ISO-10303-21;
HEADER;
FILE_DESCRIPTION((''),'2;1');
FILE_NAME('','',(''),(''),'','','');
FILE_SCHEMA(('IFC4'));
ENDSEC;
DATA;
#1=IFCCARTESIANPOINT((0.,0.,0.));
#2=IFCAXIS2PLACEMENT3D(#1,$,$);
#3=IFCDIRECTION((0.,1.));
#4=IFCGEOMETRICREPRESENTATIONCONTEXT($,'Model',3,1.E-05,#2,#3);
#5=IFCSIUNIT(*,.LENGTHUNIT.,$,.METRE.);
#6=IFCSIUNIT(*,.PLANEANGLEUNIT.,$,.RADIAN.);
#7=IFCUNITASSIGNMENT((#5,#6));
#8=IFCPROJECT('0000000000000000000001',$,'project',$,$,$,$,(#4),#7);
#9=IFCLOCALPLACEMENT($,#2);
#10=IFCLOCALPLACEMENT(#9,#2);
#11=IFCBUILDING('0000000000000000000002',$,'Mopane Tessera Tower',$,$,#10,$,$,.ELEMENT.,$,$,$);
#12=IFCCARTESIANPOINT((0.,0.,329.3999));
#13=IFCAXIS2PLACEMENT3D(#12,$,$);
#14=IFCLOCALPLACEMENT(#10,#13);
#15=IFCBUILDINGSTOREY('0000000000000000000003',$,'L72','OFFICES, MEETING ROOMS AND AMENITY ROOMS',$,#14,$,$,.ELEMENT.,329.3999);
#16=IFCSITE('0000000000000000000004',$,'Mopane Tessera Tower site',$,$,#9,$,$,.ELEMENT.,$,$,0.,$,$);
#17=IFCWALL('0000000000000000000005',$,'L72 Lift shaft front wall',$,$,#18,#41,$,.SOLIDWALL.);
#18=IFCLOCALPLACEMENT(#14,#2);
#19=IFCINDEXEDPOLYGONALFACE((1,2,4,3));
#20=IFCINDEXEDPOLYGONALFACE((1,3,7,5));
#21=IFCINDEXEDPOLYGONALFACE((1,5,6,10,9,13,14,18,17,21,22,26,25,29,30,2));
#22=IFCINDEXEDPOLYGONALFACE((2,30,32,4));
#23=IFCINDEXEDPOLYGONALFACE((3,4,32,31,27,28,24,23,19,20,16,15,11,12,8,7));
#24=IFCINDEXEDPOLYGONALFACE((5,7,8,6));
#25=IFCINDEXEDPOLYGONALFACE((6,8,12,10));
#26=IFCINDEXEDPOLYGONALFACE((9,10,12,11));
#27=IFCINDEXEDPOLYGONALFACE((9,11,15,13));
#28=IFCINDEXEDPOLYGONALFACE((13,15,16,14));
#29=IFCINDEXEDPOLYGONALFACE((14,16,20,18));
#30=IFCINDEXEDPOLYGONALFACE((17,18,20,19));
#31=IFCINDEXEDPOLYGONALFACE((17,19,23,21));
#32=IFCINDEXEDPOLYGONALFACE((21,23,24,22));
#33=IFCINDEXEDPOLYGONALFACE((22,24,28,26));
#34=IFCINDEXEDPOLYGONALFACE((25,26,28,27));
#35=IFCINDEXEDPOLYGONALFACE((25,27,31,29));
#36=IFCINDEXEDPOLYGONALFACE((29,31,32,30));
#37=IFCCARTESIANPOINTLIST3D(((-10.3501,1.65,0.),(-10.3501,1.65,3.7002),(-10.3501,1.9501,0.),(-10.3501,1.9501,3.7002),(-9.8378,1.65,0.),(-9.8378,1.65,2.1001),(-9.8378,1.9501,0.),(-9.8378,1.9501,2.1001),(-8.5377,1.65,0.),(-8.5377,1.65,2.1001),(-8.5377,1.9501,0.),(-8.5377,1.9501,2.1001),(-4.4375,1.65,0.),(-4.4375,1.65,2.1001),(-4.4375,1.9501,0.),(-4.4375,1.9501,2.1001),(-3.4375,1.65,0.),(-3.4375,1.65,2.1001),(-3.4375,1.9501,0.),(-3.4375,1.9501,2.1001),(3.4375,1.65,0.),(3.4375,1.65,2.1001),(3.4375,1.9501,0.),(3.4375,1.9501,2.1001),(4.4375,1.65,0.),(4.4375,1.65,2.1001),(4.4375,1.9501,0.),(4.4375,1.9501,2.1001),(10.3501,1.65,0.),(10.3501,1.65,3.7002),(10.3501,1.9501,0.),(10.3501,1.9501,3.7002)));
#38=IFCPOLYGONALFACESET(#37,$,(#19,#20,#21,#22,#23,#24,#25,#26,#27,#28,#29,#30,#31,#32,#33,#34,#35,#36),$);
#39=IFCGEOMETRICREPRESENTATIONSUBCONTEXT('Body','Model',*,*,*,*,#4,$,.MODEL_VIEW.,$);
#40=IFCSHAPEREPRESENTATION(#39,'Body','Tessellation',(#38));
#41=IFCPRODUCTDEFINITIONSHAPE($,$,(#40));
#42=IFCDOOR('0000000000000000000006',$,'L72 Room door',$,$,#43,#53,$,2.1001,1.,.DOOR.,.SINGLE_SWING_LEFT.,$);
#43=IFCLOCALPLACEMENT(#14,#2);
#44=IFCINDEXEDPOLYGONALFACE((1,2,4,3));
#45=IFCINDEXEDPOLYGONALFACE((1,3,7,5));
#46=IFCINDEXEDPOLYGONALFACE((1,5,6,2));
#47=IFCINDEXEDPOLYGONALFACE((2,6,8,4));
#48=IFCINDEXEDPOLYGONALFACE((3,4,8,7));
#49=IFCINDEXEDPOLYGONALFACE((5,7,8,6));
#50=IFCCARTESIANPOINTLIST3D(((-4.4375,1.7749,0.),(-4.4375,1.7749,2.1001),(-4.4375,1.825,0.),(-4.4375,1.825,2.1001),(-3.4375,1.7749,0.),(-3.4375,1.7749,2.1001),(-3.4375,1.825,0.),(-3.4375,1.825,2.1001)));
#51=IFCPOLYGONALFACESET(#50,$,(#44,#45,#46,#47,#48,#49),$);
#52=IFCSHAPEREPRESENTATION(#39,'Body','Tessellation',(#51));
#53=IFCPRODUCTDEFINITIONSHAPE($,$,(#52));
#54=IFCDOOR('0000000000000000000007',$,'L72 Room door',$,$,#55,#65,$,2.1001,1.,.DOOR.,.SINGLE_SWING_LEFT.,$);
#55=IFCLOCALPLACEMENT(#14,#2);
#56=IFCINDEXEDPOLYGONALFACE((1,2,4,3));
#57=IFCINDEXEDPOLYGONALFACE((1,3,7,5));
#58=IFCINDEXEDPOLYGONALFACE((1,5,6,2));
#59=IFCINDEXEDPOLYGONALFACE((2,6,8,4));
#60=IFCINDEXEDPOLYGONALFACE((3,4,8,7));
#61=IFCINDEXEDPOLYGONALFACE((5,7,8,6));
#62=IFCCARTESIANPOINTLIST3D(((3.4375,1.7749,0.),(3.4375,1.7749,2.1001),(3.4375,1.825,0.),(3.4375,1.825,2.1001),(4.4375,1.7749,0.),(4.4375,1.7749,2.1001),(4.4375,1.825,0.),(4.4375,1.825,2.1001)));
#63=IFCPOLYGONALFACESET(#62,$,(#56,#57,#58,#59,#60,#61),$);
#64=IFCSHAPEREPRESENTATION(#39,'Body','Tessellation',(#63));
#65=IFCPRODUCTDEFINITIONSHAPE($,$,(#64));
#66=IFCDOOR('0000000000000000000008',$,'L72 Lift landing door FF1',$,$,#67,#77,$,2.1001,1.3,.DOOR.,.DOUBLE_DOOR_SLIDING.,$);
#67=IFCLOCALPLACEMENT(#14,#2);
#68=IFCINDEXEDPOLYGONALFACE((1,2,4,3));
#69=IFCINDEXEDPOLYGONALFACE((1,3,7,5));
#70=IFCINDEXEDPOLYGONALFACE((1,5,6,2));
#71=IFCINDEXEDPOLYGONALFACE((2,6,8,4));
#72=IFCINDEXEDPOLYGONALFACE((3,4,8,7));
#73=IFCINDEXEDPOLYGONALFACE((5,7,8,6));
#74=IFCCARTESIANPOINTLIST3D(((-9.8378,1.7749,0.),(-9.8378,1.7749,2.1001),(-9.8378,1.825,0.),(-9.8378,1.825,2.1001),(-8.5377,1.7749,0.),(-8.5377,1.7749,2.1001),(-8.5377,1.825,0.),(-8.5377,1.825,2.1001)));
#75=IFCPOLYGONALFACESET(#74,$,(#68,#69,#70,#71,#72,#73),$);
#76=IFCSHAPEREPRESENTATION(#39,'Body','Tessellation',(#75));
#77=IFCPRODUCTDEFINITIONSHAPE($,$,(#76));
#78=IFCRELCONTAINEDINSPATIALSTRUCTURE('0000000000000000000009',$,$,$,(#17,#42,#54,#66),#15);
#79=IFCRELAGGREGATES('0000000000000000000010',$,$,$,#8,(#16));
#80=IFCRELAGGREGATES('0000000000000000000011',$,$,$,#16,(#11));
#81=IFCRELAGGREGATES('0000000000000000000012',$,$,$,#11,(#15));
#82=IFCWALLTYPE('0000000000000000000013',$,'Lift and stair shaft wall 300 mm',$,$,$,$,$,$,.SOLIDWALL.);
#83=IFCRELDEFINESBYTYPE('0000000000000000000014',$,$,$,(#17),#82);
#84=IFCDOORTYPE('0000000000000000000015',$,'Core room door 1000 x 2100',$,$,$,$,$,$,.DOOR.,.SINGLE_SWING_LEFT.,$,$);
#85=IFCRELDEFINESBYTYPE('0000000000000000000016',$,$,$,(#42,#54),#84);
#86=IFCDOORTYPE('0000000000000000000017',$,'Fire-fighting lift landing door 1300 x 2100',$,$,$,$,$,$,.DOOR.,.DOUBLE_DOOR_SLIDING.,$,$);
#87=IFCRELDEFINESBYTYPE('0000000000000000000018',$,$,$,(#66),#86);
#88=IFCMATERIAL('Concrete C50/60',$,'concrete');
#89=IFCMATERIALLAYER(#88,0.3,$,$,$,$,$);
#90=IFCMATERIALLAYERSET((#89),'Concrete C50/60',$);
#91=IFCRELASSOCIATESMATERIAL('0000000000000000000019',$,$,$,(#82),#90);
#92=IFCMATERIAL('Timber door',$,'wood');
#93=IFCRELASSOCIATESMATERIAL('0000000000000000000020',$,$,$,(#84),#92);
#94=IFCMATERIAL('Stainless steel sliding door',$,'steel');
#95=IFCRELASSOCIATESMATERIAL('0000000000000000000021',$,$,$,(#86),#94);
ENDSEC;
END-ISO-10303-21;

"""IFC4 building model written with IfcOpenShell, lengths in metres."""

from ifc_helpers import new_model, si_unit, direction, frame, frame_2d, origin, place, context, subcontext, project, spatial, rectangle, extrude, material, layer, layer_set, type_object, element, fill, save


model = new_model("IFC4")

# Units and contexts
model_context = context("Model", 3, precision=1e-05, world=origin(), true_north=direction((0.0, 1.0)))
body_context = subcontext(model_context, "Body", "Model", "MODEL_VIEW")
ifc_project = project(units=[si_unit("LENGTHUNIT", "METRE"), si_unit("PLANEANGLEUNIT", "RADIAN")], contexts=[model_context])

# Site, building, storey
site_placement = place(None, origin())
site = spatial("IfcSite", under=ifc_project, at=site_placement, Name="Mopane Tessera Tower site", CompositionType="ELEMENT", RefElevation=0.0)
building_placement = place(site_placement, origin())
building = spatial("IfcBuilding", under=site, at=building_placement, Name="Mopane Tessera Tower", CompositionType="ELEMENT")
storey_placement = place(building_placement, frame((0.0, 0.0, 329.3999)))
storey = spatial("IfcBuildingStorey", under=building, at=storey_placement, Name="L72", Description="OFFICES, MEETING ROOMS AND AMENITY ROOMS", CompositionType="ELEMENT", Elevation=329.3999)

# Shared definitions
ifc_material_1 = material(Name="Concrete C50/60", Category="concrete")
ifc_layer_1 = layer(ifc_material_1, 0.3)
ifc_layer_set_1 = layer_set([ifc_layer_1], Name="Concrete C50/60")
wall_type_1 = type_object("IfcWallType", Name="Lift and stair shaft wall 300 mm", PredefinedType="SOLIDWALL", material=ifc_layer_set_1)

# Wall, openings, doors
wall_1_placement = place(storey_placement, frame((-10.3501, 1.8, 0.0), z_axis=(0.0, 0.0, 1.0), x_axis=(1.0, 0.0, 0.0)))
wall_1 = element("IfcWall", 1, at=wall_1_placement, inside=storey, type_object=wall_type_1, Name="L72 Lift shaft front wall", PredefinedType="SOLIDWALL", context=body_context, shape_type="SweptSolid", body=[
    extrude(rectangle(XDim=20.7002, YDim=0.3, at=frame_2d((10.3501, 0.0))), origin(), (0.0, 0.0, 1.0), 3.7002),
])
opening_1_placement = place(wall_1_placement, frame((0.5125, 0.0, 0.0)))
opening_1 = element("IfcOpeningElement", 2, at=opening_1_placement, cuts=wall_1, PredefinedType="OPENING", context=body_context, shape_type="SweptSolid", body=[
    extrude(rectangle(XDim=1.3, YDim=2.1001, at=frame_2d((0.6499, 1.05))), frame((0.0, 0.1621, 0.0), z_axis=(0.0, -1.0, 0.0), x_axis=(1.0, 0.0, 0.0)), (0.0, 0.0, 1.0), 0.324),
])
opening_2_placement = place(wall_1_placement, frame((5.9126, 0.0, 0.0)))
opening_2 = element("IfcOpeningElement", 3, at=opening_2_placement, cuts=wall_1, PredefinedType="OPENING", context=body_context, shape_type="SweptSolid", body=[
    extrude(rectangle(XDim=1.0, YDim=2.1001, at=frame_2d((0.5, 1.05))), frame((0.0, 0.1621, 0.0), z_axis=(0.0, -1.0, 0.0), x_axis=(1.0, 0.0, 0.0)), (0.0, 0.0, 1.0), 0.324),
])
opening_3_placement = place(wall_1_placement, frame((13.7876, 0.0, 0.0)))
opening_3 = element("IfcOpeningElement", 4, at=opening_3_placement, cuts=wall_1, PredefinedType="OPENING", context=body_context, shape_type="SweptSolid", body=[
    extrude(rectangle(XDim=1.0, YDim=2.1001, at=frame_2d((0.5, 1.05))), frame((0.0, 0.1621, 0.0), z_axis=(0.0, -1.0, 0.0), x_axis=(1.0, 0.0, 0.0)), (0.0, 0.0, 1.0), 0.324),
])
ifc_material_2 = material(Name="Timber door", Category="wood")
door_type_1 = type_object("IfcDoorType", Name="Core room door 1000 x 2100", OperationType="SINGLE_SWING_LEFT", PredefinedType="DOOR", material=ifc_material_2)
door_1_placement = place(opening_2_placement, origin())
door_1 = element("IfcDoor", 5, at=door_1_placement, inside=storey, type_object=door_type_1, Name="L72 Room door", OperationType="SINGLE_SWING_LEFT", OverallHeight=2.1001, OverallWidth=1.0, PredefinedType="DOOR", context=body_context, shape_type="SweptSolid", body=[
    extrude(rectangle(XDim=1.0, YDim=2.1001, at=frame_2d((0.5, 1.05))), frame((0.0, 0.0249, 0.0), z_axis=(0.0, -1.0, 0.0), x_axis=(1.0, 0.0, 0.0)), (0.0, 0.0, 1.0), 0.05),
])
fill(opening_2, door_1)
door_2_placement = place(opening_3_placement, origin())
door_2 = element("IfcDoor", 6, at=door_2_placement, inside=storey, type_object=door_type_1, Name="L72 Room door", OperationType="SINGLE_SWING_LEFT", OverallHeight=2.1001, OverallWidth=1.0, PredefinedType="DOOR", context=body_context, shape_type="SweptSolid", body=[
    extrude(rectangle(XDim=1.0, YDim=2.1001, at=frame_2d((0.5, 1.05))), frame((0.0, 0.0249, 0.0), z_axis=(0.0, -1.0, 0.0), x_axis=(1.0, 0.0, 0.0)), (0.0, 0.0, 1.0), 0.05),
])
fill(opening_3, door_2)
ifc_material_3 = material(Name="Stainless steel sliding door", Category="steel")
door_type_2 = type_object("IfcDoorType", Name="Fire-fighting lift landing door 1300 x 2100", OperationType="DOUBLE_DOOR_SLIDING", PredefinedType="DOOR", material=ifc_material_3)
door_3_placement = place(opening_1_placement, origin())
door_3 = element("IfcDoor", 7, at=door_3_placement, inside=storey, type_object=door_type_2, Name="L72 Lift landing door FF1", OperationType="DOUBLE_DOOR_SLIDING", OverallHeight=2.1001, OverallWidth=1.3, PredefinedType="DOOR", context=body_context, shape_type="SweptSolid", body=[
    extrude(rectangle(XDim=1.3, YDim=2.1001, at=frame_2d((0.6499, 1.05))), frame((0.0, 0.0249, 0.0), z_axis=(0.0, -1.0, 0.0), x_axis=(1.0, 0.0, 0.0)), (0.0, 0.0, 1.0), 0.05),
])
fill(opening_1, door_3)

save(model, "model.ifc")
